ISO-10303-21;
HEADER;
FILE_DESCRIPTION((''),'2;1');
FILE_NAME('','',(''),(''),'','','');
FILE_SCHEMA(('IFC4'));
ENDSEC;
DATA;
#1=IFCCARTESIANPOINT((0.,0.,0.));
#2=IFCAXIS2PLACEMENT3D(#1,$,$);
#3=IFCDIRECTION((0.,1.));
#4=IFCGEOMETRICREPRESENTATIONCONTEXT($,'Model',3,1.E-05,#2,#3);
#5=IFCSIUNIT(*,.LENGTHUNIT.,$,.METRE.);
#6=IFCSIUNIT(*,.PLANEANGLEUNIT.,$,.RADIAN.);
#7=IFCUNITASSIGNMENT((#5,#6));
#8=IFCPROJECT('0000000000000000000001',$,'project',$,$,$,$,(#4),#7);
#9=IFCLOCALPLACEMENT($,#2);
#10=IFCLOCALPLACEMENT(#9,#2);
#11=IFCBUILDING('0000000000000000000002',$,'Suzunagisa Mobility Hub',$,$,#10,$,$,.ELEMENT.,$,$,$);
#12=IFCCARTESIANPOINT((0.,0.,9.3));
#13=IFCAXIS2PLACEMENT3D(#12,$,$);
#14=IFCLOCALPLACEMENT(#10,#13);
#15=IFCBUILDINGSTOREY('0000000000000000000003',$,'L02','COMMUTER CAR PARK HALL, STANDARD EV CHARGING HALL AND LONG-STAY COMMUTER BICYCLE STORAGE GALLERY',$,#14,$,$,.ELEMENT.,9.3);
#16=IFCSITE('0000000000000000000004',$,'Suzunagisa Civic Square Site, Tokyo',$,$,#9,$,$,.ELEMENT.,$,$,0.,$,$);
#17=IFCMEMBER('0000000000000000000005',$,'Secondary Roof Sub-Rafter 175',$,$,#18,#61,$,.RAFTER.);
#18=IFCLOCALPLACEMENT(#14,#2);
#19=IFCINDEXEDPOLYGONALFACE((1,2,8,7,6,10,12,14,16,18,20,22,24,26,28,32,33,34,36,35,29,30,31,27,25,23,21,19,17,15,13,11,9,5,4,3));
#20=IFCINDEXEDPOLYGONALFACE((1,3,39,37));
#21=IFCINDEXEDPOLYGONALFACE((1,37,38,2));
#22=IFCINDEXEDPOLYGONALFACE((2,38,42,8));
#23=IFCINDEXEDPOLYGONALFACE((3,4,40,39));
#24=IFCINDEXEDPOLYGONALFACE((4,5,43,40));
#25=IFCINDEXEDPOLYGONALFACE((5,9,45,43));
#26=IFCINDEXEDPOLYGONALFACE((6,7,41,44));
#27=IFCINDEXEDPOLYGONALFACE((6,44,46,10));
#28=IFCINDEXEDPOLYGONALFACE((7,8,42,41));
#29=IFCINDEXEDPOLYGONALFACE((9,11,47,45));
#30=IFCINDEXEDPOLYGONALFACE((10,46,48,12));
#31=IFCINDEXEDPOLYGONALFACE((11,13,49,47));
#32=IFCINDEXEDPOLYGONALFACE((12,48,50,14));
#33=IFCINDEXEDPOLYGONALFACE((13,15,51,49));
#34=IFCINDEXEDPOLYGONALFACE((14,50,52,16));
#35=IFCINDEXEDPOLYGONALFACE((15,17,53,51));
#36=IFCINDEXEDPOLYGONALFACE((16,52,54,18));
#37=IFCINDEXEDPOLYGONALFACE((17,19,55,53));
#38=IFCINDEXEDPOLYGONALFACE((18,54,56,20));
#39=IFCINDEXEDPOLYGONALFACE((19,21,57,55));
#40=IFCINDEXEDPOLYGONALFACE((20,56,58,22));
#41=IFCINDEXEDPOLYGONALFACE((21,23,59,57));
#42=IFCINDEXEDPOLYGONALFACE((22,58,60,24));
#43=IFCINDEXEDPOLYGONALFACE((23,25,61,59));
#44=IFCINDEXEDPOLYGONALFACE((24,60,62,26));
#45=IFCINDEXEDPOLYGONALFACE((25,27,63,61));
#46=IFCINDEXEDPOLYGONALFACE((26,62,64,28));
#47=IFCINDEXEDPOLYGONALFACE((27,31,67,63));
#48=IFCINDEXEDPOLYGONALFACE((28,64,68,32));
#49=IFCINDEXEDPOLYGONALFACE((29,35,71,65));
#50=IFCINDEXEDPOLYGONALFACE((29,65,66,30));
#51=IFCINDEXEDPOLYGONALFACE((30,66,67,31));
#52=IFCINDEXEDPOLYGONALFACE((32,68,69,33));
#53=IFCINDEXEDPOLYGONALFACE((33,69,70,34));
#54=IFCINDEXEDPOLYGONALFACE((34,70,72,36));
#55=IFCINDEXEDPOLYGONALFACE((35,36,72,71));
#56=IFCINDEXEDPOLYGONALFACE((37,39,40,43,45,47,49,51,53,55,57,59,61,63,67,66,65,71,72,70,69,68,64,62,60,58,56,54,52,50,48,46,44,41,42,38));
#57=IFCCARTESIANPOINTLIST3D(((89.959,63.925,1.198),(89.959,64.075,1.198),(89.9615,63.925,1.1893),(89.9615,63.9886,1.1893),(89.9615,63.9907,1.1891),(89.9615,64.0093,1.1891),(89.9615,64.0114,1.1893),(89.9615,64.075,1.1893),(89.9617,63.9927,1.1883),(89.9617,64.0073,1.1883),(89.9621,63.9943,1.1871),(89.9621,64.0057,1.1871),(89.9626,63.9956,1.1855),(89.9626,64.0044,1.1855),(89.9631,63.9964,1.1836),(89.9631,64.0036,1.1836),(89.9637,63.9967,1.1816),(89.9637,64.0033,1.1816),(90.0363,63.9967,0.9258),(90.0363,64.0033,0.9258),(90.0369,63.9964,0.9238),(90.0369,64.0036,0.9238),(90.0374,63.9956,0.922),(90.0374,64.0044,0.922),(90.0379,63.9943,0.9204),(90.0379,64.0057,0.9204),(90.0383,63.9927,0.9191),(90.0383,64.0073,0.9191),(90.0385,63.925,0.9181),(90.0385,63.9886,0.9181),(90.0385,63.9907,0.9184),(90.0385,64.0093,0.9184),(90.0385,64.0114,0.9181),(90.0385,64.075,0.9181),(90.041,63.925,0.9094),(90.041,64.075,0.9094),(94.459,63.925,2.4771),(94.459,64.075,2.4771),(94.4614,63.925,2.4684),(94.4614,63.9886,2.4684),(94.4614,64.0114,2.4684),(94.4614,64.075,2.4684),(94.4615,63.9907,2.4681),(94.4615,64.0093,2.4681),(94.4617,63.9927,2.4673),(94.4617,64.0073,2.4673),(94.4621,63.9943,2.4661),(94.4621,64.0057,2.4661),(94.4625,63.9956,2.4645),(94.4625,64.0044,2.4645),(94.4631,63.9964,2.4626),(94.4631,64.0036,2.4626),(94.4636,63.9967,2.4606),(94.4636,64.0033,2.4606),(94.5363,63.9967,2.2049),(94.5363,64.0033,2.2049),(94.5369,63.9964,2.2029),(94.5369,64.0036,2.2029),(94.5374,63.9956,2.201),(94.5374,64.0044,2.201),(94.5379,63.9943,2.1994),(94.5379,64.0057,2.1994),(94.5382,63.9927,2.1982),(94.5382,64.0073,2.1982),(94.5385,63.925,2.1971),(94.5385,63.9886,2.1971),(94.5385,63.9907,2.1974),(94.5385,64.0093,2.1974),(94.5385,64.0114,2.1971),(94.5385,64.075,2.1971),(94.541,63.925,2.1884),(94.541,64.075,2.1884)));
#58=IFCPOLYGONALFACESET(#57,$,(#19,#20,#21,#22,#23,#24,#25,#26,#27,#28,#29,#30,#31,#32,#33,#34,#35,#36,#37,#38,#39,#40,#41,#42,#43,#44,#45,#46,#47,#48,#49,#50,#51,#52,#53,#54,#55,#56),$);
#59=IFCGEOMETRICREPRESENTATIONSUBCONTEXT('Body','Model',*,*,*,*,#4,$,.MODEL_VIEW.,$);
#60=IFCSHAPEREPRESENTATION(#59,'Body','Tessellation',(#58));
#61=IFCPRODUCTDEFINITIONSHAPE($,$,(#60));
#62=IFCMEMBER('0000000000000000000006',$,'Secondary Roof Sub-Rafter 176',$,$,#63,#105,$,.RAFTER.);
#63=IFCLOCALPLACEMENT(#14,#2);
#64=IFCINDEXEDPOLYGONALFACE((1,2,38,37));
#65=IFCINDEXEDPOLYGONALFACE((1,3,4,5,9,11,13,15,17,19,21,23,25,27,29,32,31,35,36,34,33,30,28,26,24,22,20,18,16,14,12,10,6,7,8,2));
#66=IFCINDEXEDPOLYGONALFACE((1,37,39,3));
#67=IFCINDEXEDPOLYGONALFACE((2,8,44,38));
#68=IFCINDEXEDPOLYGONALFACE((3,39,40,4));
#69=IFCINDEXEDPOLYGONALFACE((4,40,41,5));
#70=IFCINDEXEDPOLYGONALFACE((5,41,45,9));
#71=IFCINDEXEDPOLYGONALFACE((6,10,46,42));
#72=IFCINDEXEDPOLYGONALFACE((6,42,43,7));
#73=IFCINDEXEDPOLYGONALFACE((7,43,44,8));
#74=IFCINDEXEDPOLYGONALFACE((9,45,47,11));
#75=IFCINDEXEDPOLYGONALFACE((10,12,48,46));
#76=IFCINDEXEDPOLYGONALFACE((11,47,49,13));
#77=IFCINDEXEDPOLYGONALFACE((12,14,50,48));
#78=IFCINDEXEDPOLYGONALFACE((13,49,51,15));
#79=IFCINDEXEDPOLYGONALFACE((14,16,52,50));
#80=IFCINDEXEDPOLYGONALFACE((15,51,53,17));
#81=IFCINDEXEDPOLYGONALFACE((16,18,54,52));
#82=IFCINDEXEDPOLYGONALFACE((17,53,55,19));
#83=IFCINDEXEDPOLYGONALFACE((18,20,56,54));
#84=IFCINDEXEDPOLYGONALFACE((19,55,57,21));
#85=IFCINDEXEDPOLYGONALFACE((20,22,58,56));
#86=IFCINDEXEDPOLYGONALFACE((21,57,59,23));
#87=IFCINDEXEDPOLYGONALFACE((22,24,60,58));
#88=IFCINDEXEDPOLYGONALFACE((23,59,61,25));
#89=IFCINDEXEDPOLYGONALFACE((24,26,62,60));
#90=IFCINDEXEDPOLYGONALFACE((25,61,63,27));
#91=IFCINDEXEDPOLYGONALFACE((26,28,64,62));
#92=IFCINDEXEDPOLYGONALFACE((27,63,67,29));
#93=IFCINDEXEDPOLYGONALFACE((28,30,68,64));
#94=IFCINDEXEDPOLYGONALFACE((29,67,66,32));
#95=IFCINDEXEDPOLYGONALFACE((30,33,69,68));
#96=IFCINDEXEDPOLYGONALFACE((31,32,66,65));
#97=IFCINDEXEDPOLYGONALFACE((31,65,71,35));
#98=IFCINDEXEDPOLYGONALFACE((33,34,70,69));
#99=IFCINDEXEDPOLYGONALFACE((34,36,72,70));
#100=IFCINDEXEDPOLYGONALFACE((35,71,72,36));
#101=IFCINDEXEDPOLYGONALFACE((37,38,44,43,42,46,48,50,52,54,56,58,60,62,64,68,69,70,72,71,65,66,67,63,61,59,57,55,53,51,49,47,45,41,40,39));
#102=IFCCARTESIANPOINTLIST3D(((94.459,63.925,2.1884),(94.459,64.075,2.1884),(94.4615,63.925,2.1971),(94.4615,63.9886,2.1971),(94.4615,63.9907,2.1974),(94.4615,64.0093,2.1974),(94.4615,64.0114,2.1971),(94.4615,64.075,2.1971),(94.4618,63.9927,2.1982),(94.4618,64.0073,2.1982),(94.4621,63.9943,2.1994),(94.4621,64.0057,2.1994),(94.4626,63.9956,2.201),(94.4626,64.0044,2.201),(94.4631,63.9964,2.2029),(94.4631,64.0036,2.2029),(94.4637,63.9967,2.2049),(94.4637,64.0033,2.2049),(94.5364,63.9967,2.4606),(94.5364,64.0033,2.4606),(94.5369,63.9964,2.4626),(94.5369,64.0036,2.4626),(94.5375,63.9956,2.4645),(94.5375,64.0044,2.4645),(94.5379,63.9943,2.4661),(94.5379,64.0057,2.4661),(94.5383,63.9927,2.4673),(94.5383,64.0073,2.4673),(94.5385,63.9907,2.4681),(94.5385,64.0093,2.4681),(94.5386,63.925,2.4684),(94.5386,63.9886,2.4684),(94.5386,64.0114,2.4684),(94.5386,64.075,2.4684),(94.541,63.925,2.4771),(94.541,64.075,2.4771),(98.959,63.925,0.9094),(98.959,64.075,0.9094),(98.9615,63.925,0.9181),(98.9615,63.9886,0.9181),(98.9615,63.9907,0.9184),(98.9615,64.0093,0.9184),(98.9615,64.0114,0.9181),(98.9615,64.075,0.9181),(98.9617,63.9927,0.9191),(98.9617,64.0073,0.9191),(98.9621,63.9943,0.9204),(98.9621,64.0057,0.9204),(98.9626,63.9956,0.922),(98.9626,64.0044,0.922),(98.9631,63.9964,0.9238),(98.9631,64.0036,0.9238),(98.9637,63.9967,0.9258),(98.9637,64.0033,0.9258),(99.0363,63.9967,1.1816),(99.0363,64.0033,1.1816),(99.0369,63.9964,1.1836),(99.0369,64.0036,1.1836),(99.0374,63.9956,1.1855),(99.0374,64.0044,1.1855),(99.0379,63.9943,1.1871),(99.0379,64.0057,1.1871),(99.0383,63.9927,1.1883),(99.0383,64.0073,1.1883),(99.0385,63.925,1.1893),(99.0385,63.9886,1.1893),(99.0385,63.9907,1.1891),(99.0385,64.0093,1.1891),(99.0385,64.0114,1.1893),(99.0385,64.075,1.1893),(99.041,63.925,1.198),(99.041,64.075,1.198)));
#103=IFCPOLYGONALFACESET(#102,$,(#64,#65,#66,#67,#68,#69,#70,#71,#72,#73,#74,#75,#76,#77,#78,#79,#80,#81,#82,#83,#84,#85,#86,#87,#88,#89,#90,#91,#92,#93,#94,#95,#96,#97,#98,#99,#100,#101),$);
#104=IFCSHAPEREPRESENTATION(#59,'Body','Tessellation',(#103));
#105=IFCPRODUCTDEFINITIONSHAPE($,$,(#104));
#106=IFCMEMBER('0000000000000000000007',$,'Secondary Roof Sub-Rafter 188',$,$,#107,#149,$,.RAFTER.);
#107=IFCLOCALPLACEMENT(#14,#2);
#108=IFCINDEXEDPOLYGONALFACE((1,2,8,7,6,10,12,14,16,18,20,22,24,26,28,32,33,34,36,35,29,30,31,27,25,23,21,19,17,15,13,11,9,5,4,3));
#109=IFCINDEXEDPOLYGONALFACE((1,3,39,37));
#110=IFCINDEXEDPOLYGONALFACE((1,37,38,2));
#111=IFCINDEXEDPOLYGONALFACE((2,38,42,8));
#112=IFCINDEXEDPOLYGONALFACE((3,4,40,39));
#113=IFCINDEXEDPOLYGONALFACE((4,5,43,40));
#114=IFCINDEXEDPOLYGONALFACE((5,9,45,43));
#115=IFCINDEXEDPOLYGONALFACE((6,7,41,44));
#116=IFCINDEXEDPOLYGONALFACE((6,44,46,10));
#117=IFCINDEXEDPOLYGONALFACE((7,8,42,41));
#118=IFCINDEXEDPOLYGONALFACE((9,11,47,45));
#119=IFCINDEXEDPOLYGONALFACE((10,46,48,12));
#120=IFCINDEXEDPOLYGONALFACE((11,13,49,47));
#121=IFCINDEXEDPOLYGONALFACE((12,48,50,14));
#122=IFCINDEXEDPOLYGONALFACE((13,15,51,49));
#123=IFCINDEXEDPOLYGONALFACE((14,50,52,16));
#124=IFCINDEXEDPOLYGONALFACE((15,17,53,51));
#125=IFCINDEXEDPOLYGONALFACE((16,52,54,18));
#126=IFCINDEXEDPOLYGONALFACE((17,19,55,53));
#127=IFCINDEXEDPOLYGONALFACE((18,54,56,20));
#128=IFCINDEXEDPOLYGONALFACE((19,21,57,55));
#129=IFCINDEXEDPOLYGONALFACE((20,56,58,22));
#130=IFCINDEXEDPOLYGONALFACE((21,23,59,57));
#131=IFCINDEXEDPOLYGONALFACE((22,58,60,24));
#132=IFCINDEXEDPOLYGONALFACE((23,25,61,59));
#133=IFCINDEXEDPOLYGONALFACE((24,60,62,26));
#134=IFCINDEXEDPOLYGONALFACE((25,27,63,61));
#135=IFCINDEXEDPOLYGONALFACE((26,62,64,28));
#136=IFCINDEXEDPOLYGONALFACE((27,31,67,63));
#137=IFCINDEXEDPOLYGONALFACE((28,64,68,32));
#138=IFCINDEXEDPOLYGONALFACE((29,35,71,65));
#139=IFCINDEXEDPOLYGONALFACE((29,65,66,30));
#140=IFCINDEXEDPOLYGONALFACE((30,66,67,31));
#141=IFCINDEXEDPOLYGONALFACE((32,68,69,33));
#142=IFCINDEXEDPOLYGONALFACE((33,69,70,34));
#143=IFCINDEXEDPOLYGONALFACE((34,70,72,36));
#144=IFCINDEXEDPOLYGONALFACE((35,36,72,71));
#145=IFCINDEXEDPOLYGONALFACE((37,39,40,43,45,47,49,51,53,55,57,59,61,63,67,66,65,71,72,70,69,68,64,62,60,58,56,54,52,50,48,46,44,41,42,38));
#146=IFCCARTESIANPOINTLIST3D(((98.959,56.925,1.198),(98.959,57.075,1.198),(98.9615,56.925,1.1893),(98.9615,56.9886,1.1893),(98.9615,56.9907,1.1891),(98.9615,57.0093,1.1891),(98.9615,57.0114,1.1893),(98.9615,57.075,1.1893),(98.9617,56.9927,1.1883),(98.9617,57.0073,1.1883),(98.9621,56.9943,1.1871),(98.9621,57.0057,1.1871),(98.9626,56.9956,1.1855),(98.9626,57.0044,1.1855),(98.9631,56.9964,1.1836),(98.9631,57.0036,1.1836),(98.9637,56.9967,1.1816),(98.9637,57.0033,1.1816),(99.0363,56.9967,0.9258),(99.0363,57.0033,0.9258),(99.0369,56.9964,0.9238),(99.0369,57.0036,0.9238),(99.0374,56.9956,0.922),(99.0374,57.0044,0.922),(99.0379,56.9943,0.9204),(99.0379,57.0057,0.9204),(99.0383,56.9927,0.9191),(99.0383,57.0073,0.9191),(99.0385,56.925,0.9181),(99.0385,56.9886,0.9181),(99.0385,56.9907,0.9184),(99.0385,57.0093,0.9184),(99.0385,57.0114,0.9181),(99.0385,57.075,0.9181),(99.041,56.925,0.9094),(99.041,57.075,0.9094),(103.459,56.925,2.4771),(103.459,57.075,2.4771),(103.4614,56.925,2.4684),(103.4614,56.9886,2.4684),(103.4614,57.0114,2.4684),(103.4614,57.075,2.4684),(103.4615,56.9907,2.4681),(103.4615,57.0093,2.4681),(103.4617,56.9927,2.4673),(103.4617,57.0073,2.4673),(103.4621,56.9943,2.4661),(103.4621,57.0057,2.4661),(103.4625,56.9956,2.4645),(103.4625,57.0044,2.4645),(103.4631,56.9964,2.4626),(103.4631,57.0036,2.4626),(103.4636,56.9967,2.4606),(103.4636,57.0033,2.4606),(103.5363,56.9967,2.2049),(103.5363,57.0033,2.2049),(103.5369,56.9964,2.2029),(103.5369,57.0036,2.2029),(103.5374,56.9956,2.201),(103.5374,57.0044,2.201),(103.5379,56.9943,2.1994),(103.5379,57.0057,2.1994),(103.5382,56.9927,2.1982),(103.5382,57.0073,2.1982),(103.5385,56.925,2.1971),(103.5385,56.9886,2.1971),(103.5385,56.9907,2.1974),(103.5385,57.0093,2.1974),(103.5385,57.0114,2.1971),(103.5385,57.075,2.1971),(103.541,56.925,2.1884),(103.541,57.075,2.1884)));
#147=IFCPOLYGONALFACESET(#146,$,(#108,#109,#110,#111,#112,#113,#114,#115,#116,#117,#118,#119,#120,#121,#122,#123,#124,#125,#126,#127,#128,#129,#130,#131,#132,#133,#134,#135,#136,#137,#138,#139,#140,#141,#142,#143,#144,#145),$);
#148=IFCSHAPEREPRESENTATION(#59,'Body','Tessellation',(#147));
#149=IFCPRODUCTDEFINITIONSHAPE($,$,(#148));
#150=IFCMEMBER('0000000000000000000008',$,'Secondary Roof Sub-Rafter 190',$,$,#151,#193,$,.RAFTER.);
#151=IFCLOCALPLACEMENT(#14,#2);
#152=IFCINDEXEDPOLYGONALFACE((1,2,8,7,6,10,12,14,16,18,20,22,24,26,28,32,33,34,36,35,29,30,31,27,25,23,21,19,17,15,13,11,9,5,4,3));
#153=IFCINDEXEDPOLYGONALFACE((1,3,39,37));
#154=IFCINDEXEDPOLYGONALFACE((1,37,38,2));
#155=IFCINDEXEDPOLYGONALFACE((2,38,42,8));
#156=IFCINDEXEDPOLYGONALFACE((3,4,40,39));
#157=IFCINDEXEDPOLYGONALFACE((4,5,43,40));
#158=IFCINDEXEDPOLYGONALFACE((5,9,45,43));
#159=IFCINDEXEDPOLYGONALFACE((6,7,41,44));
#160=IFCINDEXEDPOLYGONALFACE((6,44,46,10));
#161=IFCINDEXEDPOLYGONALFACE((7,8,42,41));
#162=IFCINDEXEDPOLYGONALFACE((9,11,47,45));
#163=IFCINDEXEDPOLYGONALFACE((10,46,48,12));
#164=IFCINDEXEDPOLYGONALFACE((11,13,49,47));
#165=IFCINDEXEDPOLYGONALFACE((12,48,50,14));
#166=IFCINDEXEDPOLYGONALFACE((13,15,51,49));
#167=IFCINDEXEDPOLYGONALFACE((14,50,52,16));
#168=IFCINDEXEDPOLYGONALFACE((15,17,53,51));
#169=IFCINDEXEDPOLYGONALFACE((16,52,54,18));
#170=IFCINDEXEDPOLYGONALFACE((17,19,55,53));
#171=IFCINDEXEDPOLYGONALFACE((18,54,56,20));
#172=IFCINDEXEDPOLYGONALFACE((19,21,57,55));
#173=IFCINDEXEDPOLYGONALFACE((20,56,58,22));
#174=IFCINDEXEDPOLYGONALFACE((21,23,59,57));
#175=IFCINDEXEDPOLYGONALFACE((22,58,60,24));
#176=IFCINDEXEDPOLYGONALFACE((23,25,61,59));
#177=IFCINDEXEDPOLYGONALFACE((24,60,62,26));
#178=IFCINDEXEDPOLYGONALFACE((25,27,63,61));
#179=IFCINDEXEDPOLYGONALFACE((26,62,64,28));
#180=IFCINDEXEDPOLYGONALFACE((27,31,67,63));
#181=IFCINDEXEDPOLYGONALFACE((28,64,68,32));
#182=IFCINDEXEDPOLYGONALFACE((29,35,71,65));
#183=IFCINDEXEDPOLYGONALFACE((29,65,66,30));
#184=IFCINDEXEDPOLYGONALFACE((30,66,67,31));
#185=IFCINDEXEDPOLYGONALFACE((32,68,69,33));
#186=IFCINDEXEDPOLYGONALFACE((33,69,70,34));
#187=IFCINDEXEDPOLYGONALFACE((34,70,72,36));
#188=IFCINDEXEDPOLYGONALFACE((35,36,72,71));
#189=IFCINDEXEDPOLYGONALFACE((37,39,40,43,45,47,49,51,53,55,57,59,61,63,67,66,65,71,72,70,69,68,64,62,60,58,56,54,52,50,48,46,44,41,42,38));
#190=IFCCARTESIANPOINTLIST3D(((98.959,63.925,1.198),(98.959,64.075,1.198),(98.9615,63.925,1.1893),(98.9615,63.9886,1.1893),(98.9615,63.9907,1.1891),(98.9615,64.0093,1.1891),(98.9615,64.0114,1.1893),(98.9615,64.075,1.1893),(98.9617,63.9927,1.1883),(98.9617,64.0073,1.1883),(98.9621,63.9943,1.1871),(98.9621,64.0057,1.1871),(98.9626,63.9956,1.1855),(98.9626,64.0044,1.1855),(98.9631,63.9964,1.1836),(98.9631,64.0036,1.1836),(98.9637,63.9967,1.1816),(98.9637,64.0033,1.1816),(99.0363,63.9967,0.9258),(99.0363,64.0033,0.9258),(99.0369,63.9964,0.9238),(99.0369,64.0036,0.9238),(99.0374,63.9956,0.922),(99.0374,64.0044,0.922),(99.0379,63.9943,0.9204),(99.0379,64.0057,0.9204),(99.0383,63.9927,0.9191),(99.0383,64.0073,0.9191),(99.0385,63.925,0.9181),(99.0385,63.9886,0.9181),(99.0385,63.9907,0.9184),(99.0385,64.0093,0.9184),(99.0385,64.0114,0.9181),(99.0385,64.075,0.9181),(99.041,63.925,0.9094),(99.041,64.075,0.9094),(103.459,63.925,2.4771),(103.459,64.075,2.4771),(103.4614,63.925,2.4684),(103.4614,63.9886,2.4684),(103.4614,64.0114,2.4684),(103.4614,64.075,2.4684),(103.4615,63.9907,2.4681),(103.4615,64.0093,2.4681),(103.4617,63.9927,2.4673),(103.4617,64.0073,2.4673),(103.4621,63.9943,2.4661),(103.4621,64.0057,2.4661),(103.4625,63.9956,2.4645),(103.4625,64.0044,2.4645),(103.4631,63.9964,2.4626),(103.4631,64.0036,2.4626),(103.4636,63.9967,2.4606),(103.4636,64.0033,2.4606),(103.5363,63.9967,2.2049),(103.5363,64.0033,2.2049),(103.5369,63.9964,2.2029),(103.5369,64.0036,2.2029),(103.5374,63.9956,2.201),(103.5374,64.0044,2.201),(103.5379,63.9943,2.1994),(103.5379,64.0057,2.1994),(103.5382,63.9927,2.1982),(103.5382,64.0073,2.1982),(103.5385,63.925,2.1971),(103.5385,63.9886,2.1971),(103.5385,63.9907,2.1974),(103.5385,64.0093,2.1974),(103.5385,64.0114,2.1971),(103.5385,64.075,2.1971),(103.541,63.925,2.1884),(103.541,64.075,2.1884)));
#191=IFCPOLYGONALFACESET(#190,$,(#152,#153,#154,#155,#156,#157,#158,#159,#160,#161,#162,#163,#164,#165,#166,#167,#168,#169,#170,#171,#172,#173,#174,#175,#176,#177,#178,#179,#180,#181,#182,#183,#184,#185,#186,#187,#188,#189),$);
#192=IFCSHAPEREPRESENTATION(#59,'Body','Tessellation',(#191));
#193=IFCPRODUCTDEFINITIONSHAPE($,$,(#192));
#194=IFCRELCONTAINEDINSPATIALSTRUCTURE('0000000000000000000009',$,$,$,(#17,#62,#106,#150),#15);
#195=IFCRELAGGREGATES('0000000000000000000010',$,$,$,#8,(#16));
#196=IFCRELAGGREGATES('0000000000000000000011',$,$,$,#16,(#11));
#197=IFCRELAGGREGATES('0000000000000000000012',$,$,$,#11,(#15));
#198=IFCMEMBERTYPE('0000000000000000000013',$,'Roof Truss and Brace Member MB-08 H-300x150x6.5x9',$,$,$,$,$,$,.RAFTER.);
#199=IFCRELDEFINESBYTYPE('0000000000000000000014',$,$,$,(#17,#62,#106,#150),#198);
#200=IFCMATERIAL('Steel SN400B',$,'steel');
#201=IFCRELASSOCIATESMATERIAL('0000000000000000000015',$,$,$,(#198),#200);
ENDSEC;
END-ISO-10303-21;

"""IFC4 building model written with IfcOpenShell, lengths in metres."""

from ifc_helpers import new_model, si_unit, direction, frame, origin, origin_2d, place, context, subcontext, project, spatial, i_section, extrude, material, material_profile, profile_set, type_object, element, save


model = new_model("IFC4")

# Units and contexts
model_context = context("Model", 3, precision=1e-05, world=origin(), true_north=direction((0.0, 1.0)))
body_context = subcontext(model_context, "Body", "Model", "MODEL_VIEW")
ifc_project = project(units=[si_unit("LENGTHUNIT", "METRE"), si_unit("PLANEANGLEUNIT", "RADIAN")], contexts=[model_context])

# Site, building, storey
site_placement = place(None, origin())
site = spatial("IfcSite", under=ifc_project, at=site_placement, Name="Suzunagisa Civic Square Site, Tokyo", CompositionType="ELEMENT", RefElevation=0.0)
building_placement = place(site_placement, origin())
building = spatial("IfcBuilding", under=site, at=building_placement, Name="Suzunagisa Mobility Hub", CompositionType="ELEMENT")
storey_placement = place(building_placement, frame((0.0, 0.0, 9.3)))
storey = spatial("IfcBuildingStorey", under=building, at=storey_placement, Name="L02", Description="COMMUTER CAR PARK HALL, STANDARD EV CHARGING HALL AND LONG-STAY COMMUTER BICYCLE STORAGE GALLERY", CompositionType="ELEMENT", Elevation=9.3)

# Members
ifc_material_1 = material(Name="Steel SN400B", Category="steel")
ifc_material_profile_1 = material_profile(ifc_material_1, i_section(OverallWidth=0.1499, OverallDepth=0.3, WebThickness=0.0066, FlangeThickness=0.009, FilletRadius=0.0081, at=origin_2d()), Name="H-300x150x6.5x9")
ifc_profile_set_1 = profile_set([ifc_material_profile_1], Name="Steel SN400B")
member_type_1 = type_object("IfcMemberType", Name="Roof Truss and Brace Member MB-08 H-300x150x6.5x9", PredefinedType="RAFTER", material=ifc_profile_set_1)
for number, where, z_axis, x_axis, name in (
    (1, (90.0, 64.0, 1.0537), (0.961899, 0.0, 0.273404), (0.0, 1.0, 0.0), "Secondary Roof Sub-Rafter 175"),
    (2, (99.0, 64.0, 1.0537), (-0.961899, 0.0, 0.273404), (0.0, -1.0, 0.0), "Secondary Roof Sub-Rafter 176"),
    (3, (99.0, 57.0, 1.0537), (0.961899, 0.0, 0.273404), (0.0, 1.0, 0.0), "Secondary Roof Sub-Rafter 188"),
    (4, (99.0, 64.0, 1.0537), (0.961899, 0.0, 0.273404), (0.0, 1.0, 0.0), "Secondary Roof Sub-Rafter 190"),
):
    element("IfcMember", number, at=place(storey_placement, frame(where, z_axis=z_axis, x_axis=x_axis)), inside=storey, type_object=member_type_1, Name=name, PredefinedType="RAFTER", context=body_context, shape_type="SweptSolid", body=[
        extrude(i_section(OverallWidth=0.1499, OverallDepth=0.3, WebThickness=0.0066, FlangeThickness=0.009, FilletRadius=0.0081, at=origin_2d()), origin(), (0.0, 0.0, 1.0), 4.6782),
    ])

save(model, "model.ifc")
